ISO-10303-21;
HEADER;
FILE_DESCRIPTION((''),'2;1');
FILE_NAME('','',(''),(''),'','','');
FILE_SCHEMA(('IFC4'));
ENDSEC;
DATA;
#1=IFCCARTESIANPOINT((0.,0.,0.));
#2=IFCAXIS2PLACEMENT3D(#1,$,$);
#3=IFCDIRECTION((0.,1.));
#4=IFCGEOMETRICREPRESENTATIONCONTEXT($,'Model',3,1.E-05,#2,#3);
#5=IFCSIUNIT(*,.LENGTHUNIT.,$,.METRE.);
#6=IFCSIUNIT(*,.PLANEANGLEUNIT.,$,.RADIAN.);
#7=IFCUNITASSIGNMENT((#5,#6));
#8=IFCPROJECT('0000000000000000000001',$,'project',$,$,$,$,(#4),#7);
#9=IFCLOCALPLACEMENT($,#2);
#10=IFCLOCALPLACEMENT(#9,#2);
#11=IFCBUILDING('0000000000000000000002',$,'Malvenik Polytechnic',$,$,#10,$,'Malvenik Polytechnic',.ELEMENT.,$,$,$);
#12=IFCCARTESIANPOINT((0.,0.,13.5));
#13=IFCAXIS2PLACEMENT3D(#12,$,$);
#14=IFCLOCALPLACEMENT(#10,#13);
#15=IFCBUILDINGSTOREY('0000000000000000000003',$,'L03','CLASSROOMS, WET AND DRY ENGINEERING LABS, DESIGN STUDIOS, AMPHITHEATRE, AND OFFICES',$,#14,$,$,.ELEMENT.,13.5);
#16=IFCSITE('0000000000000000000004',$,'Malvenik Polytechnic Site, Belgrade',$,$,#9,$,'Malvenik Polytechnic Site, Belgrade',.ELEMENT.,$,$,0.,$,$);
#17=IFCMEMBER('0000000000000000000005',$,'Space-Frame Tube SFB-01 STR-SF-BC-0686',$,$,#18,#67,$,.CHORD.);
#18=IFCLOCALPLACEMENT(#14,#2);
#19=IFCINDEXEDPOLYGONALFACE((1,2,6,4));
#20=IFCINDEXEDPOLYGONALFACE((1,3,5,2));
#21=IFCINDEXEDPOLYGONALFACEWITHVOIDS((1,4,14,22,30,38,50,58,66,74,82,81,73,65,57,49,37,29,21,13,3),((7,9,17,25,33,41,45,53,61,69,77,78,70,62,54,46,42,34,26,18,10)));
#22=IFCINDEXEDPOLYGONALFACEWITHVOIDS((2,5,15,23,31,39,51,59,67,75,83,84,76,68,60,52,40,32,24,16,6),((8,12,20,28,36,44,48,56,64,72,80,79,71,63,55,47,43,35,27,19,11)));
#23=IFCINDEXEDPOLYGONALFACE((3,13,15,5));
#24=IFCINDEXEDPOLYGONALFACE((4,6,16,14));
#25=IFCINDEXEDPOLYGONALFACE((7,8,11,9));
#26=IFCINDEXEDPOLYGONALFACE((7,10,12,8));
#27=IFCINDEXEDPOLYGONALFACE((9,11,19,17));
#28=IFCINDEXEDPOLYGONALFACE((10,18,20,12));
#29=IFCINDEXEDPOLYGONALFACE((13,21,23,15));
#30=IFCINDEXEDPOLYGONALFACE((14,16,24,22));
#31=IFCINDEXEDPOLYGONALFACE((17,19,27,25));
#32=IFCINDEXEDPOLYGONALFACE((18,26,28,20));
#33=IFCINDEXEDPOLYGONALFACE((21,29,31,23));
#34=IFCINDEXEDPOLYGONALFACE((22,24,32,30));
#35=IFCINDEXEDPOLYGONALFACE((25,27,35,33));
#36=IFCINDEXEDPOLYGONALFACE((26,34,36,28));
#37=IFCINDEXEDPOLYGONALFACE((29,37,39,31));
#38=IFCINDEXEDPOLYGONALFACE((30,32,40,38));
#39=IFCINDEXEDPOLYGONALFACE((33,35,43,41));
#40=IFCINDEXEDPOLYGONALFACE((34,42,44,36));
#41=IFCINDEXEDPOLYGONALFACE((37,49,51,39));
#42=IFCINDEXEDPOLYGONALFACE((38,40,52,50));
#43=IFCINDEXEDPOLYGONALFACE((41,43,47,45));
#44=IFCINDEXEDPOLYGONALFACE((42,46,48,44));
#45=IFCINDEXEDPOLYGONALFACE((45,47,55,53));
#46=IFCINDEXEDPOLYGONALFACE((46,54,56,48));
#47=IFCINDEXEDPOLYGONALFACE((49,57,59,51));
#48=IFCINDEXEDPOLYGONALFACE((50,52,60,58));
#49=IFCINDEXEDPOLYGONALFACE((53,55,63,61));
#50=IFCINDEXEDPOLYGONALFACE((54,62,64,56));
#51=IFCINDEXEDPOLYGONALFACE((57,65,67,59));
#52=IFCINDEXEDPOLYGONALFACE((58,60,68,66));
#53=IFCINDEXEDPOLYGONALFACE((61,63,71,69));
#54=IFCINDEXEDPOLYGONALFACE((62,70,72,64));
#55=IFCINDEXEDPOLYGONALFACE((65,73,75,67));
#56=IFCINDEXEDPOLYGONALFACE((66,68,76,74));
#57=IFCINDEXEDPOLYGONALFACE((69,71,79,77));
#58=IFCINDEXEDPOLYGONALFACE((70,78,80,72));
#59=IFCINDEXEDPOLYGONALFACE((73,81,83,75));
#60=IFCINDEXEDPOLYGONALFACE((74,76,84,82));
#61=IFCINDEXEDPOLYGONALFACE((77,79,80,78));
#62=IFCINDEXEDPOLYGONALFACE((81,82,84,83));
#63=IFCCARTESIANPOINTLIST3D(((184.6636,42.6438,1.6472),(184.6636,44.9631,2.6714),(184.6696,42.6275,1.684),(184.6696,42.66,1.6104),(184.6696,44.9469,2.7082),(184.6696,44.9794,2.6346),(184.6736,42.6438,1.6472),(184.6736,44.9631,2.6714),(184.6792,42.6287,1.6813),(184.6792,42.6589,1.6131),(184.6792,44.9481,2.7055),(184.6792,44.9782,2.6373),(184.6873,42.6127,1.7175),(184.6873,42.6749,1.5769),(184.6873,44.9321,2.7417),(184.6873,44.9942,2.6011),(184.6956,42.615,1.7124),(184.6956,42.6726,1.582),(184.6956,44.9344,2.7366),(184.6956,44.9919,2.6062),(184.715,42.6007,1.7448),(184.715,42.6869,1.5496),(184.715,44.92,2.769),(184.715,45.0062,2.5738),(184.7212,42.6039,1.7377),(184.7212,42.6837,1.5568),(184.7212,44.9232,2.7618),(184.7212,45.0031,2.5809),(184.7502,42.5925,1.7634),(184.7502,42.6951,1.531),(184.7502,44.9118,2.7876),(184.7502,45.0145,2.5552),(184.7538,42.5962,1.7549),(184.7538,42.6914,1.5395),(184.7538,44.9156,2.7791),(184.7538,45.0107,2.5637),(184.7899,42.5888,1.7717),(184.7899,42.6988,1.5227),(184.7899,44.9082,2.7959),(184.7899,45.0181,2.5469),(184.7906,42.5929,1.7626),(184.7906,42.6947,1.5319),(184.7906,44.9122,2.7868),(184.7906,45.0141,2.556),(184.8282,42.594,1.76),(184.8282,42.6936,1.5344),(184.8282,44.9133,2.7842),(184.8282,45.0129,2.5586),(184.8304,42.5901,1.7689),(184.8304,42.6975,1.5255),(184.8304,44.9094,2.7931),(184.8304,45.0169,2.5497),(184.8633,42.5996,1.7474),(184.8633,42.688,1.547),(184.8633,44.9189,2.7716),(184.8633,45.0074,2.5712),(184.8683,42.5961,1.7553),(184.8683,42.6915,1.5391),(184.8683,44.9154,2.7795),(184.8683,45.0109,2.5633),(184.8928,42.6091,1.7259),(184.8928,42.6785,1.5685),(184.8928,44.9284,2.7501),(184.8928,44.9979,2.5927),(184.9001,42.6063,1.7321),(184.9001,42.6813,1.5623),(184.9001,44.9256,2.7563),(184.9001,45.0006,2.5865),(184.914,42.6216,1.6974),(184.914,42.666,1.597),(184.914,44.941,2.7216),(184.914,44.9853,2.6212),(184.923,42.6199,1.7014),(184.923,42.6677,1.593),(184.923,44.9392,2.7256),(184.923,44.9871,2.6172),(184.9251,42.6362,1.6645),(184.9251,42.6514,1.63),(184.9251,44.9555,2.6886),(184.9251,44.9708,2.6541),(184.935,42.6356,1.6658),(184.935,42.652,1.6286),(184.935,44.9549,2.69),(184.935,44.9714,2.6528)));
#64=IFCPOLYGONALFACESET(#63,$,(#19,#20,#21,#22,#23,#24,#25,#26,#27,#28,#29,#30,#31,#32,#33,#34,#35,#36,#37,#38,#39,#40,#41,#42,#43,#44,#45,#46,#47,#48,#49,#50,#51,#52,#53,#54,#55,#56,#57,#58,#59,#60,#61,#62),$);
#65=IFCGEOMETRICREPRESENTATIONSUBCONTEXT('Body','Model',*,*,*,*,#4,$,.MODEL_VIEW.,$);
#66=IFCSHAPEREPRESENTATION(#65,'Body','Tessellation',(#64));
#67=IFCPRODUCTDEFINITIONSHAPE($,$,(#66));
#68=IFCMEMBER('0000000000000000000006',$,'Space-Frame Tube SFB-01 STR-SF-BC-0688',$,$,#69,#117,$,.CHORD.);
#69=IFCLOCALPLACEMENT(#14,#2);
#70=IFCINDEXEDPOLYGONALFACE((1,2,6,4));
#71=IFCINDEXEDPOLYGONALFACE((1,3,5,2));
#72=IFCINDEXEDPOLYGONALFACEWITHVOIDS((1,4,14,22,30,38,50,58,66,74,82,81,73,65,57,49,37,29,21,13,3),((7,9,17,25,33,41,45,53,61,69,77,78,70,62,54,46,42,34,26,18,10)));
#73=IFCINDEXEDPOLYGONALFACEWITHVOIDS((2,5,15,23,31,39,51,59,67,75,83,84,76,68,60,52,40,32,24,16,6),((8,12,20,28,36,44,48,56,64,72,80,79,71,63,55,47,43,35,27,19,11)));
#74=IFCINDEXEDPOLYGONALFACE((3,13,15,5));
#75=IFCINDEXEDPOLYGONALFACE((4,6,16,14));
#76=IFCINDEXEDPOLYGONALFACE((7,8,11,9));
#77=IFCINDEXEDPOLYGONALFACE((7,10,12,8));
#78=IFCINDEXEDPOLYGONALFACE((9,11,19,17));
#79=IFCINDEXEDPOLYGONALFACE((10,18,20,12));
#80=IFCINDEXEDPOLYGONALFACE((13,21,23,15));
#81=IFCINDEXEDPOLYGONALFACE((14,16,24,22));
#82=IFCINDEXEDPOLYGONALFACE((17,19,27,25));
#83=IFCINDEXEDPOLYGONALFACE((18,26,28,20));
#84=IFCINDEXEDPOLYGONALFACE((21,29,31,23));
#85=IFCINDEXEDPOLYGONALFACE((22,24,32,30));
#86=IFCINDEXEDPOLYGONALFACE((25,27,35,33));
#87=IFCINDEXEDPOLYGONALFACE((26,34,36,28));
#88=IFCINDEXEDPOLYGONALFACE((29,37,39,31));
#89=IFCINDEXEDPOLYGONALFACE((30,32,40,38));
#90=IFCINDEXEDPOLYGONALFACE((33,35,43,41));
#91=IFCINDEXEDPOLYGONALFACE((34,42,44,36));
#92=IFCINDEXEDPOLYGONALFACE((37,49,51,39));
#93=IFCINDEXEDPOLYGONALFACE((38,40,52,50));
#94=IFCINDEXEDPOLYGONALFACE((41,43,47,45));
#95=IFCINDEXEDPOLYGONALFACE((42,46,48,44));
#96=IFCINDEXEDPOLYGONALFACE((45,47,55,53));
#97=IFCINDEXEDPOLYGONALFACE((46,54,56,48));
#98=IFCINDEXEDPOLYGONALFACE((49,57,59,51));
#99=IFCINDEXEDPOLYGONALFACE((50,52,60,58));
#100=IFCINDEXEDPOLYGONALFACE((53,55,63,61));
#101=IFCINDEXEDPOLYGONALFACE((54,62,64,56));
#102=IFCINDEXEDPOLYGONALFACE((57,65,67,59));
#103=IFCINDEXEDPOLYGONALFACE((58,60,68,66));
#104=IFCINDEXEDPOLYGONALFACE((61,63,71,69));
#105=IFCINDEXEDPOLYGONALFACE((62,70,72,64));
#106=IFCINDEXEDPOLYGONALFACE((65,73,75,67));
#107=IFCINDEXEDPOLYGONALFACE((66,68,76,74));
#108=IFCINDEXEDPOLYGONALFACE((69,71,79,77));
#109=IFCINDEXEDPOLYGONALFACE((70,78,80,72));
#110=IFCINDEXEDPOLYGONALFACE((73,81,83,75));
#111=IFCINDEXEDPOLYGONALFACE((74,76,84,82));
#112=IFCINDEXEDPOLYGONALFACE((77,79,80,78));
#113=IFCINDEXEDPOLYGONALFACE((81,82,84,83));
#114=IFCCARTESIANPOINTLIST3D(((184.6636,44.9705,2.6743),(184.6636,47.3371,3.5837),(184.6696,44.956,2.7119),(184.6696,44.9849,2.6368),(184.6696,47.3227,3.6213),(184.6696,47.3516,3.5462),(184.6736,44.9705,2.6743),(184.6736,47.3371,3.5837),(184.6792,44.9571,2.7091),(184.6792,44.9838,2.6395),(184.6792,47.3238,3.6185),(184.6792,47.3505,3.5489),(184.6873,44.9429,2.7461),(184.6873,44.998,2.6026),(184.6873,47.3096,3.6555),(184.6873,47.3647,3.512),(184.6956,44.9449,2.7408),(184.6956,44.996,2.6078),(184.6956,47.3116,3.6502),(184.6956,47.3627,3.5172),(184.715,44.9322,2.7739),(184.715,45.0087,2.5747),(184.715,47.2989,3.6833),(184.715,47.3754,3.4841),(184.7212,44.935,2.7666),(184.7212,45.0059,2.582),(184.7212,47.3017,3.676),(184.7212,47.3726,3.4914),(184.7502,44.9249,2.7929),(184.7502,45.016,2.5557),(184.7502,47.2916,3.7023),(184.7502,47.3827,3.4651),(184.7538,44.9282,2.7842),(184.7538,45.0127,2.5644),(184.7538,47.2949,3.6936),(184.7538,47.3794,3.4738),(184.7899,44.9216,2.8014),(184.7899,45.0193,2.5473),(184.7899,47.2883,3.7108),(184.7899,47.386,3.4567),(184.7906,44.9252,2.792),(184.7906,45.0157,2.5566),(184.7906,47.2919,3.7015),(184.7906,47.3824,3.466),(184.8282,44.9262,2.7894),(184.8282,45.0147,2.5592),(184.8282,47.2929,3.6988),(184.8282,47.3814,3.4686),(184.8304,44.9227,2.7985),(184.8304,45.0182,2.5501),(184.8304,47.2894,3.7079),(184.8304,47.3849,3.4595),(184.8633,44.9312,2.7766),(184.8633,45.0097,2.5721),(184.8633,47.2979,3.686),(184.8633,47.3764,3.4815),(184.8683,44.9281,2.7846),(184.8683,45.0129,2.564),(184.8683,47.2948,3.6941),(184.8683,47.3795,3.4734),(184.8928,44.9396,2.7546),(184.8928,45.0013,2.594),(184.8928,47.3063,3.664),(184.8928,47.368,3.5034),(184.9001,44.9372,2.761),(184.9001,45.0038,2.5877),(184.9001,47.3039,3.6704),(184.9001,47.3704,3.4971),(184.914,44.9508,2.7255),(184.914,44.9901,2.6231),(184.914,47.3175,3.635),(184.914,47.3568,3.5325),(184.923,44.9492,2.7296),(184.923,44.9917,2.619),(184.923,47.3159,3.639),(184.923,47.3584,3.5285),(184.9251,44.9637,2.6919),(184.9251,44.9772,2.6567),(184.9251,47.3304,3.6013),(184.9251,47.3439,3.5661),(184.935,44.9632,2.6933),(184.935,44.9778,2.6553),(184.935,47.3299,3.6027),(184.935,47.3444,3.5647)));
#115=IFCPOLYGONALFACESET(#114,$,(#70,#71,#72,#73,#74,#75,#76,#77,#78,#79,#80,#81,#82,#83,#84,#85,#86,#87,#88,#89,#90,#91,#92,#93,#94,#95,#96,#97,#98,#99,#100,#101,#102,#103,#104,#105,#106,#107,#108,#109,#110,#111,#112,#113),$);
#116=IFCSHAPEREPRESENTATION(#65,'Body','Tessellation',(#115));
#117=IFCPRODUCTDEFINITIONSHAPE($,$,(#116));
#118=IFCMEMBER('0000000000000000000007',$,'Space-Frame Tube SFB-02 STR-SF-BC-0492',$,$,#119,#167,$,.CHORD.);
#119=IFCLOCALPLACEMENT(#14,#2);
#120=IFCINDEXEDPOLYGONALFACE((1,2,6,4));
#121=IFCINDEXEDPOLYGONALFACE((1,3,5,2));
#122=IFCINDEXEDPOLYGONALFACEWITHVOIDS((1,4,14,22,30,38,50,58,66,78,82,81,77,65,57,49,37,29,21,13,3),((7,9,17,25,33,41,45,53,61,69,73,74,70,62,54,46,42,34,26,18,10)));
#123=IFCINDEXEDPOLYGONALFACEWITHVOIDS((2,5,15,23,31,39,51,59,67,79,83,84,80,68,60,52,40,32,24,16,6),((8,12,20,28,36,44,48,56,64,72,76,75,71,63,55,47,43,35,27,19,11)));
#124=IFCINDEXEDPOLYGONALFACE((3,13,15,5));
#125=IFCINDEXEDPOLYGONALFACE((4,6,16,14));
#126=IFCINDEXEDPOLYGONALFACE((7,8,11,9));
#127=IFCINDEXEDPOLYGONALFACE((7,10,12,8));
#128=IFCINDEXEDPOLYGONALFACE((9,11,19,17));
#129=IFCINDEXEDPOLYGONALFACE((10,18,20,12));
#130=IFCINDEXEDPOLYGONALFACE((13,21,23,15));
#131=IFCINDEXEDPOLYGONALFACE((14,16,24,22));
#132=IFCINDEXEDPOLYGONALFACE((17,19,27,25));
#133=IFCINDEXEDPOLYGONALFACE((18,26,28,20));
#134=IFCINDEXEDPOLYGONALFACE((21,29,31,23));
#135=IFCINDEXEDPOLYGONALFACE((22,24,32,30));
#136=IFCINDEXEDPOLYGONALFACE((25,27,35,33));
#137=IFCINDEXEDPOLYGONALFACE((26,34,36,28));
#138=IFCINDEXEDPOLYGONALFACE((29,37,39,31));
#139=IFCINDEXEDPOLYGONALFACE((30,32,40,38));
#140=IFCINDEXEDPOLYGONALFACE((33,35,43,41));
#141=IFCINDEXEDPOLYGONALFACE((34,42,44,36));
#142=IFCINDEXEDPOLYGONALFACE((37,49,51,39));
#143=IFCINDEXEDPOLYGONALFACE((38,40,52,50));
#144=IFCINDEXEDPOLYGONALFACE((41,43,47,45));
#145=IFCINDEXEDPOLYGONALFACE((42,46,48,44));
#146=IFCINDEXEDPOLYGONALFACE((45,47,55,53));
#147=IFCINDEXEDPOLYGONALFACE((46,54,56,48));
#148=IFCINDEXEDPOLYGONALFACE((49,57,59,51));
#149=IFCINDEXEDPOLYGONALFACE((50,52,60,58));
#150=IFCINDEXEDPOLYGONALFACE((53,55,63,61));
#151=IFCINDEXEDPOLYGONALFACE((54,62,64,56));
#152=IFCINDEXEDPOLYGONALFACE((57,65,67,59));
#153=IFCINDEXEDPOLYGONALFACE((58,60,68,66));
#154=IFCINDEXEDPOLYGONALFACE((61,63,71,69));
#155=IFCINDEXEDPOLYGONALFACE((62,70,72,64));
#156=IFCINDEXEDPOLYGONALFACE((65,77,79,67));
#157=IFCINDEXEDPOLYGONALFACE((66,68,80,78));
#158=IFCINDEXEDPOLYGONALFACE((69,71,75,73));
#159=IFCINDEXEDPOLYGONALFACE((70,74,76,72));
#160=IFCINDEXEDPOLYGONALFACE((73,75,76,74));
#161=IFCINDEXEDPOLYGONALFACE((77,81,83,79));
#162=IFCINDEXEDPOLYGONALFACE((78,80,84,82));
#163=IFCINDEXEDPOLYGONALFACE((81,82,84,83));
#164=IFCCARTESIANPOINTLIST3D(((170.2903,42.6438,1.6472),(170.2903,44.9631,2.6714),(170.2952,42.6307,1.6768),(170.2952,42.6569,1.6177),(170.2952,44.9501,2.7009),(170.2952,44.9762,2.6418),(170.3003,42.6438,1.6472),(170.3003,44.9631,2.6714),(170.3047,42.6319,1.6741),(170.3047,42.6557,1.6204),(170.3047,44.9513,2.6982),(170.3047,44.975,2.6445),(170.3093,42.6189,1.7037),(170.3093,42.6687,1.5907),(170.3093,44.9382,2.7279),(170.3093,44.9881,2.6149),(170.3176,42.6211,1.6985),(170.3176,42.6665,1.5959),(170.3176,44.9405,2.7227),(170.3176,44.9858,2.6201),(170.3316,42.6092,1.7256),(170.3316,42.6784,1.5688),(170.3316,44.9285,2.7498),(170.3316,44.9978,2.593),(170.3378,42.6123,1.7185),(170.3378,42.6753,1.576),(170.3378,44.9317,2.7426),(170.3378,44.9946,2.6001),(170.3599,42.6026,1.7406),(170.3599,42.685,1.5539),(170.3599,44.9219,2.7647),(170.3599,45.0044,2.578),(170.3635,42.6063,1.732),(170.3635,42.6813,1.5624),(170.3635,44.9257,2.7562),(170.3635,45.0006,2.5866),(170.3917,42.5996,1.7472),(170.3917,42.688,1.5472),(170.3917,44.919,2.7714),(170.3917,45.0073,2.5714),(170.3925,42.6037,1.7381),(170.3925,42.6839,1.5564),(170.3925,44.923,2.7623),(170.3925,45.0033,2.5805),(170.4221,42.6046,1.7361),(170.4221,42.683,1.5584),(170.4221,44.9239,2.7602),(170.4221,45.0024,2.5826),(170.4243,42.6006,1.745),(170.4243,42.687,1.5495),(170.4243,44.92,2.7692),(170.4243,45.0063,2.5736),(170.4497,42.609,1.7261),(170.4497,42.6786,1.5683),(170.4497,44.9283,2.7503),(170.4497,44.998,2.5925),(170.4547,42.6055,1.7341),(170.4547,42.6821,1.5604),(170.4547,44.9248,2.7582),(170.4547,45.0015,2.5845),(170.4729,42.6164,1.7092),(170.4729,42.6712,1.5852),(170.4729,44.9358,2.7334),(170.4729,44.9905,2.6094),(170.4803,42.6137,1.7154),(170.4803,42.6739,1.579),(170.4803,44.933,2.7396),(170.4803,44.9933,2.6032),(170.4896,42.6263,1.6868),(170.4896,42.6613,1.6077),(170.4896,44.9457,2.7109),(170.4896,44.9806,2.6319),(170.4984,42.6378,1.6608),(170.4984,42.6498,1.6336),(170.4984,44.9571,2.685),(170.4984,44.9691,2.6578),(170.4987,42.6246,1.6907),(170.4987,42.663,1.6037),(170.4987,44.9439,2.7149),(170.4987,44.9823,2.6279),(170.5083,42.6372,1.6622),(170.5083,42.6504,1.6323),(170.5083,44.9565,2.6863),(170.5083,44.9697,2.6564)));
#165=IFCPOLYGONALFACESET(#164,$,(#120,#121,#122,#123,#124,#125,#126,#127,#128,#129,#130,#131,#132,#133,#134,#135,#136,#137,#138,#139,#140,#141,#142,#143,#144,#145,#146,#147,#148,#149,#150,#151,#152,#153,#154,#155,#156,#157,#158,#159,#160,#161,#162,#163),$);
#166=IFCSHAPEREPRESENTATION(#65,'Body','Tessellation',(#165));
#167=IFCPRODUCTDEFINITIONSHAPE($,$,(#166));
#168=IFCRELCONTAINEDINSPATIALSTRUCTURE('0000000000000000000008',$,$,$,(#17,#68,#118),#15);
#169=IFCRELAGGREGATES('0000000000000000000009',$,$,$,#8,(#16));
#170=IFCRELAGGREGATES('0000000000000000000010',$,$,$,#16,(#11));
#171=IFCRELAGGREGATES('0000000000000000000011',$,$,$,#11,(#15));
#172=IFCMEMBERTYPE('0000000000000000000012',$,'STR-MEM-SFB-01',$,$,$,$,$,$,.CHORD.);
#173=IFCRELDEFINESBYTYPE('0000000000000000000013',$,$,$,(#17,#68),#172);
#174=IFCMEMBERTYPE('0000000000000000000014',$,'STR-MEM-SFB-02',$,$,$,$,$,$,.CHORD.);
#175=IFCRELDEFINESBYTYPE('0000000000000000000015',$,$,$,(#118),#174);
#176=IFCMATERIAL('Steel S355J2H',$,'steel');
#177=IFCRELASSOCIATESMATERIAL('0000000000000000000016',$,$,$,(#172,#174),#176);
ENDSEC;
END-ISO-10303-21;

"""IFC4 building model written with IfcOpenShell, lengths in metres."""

from ifc_helpers import new_model, si_unit, direction, frame, origin, origin_2d, place, context, subcontext, project, spatial, hollow_circle, extrude, material, material_profile, profile_set, type_object, element, save


model = new_model("IFC4")

# Units and contexts
model_context = context("Model", 3, precision=1e-05, world=origin(), true_north=direction((0.0, 1.0)))
body_context = subcontext(model_context, "Body", "Model", "MODEL_VIEW")
ifc_project = project(units=[si_unit("LENGTHUNIT", "METRE"), si_unit("PLANEANGLEUNIT", "RADIAN")], contexts=[model_context])

# Site, building, storey
site_placement = place(None, origin())
site = spatial("IfcSite", under=ifc_project, at=site_placement, Name="Malvenik Polytechnic Site, Belgrade", LongName="Malvenik Polytechnic Site, Belgrade", CompositionType="ELEMENT", RefElevation=0.0)
building_placement = place(site_placement, origin())
building = spatial("IfcBuilding", under=site, at=building_placement, Name="Malvenik Polytechnic", LongName="Malvenik Polytechnic", CompositionType="ELEMENT")
storey_placement = place(building_placement, frame((0.0, 0.0, 13.5)))
storey = spatial("IfcBuildingStorey", under=building, at=storey_placement, Name="L03", Description="CLASSROOMS, WET AND DRY ENGINEERING LABS, DESIGN STUDIOS, AMPHITHEATRE, AND OFFICES", CompositionType="ELEMENT", Elevation=13.5)

# Members
ifc_material_1 = material(Name="Steel S355J2H", Category="steel")
ifc_material_profile_1 = material_profile(ifc_material_1, hollow_circle(Radius=0.1365, WallThickness=0.01, at=origin_2d()), Name="CHS 273.0x10.0")
ifc_profile_set_1 = profile_set([ifc_material_profile_1], Name="Steel S355J2H")
member_type_1 = type_object("IfcMemberType", Name="STR-MEM-SFB-01", PredefinedType="CHORD", material=ifc_profile_set_1)
for number, where, z_axis, x_axis, name in (
    (1, (184.8, 42.6438, 1.6472), (0.0, 0.914782, 0.403948), (-1.0, 0.0, 0.0), "Space-Frame Tube SFB-01 STR-SF-BC-0686"),
    (2, (184.8, 44.9705, 2.6743), (0.0, 0.933457, 0.358689), (-1.0, 0.0, 0.0), "Space-Frame Tube SFB-01 STR-SF-BC-0688"),
):
    element("IfcMember", number, at=place(storey_placement, frame(where, z_axis=z_axis, x_axis=x_axis)), inside=storey, type_object=member_type_1, Name=name, PredefinedType="CHORD", context=body_context, shape_type="SweptSolid", body=[
        extrude(hollow_circle(Radius=0.1365, WallThickness=0.01, at=origin_2d()), origin(), (0.0, 0.0, 1.0), 2.5354),
    ])
ifc_material_profile_2 = material_profile(ifc_material_1, hollow_circle(Radius=0.1096, WallThickness=0.01, at=origin_2d()), Name="CHS 219.1x10.0")
ifc_profile_set_2 = profile_set([ifc_material_profile_2], Name="Steel S355J2H")
member_type_2 = type_object("IfcMemberType", Name="STR-MEM-SFB-02", PredefinedType="CHORD", material=ifc_profile_set_2)
for number, where, z_axis, x_axis, name in (
    (3, (170.3999, 42.6438, 1.6472), (0.0, 0.914782, 0.403948), (-1.0, 0.0, 0.0), "Space-Frame Tube SFB-02 STR-SF-BC-0492"),
):
    element("IfcMember", number, at=place(storey_placement, frame(where, z_axis=z_axis, x_axis=x_axis)), inside=storey, type_object=member_type_2, Name=name, PredefinedType="CHORD", context=body_context, shape_type="SweptSolid", body=[
        extrude(hollow_circle(Radius=0.1096, WallThickness=0.01, at=origin_2d()), origin(), (0.0, 0.0, 1.0), 2.5354),
    ])

save(model, "model.ifc")
